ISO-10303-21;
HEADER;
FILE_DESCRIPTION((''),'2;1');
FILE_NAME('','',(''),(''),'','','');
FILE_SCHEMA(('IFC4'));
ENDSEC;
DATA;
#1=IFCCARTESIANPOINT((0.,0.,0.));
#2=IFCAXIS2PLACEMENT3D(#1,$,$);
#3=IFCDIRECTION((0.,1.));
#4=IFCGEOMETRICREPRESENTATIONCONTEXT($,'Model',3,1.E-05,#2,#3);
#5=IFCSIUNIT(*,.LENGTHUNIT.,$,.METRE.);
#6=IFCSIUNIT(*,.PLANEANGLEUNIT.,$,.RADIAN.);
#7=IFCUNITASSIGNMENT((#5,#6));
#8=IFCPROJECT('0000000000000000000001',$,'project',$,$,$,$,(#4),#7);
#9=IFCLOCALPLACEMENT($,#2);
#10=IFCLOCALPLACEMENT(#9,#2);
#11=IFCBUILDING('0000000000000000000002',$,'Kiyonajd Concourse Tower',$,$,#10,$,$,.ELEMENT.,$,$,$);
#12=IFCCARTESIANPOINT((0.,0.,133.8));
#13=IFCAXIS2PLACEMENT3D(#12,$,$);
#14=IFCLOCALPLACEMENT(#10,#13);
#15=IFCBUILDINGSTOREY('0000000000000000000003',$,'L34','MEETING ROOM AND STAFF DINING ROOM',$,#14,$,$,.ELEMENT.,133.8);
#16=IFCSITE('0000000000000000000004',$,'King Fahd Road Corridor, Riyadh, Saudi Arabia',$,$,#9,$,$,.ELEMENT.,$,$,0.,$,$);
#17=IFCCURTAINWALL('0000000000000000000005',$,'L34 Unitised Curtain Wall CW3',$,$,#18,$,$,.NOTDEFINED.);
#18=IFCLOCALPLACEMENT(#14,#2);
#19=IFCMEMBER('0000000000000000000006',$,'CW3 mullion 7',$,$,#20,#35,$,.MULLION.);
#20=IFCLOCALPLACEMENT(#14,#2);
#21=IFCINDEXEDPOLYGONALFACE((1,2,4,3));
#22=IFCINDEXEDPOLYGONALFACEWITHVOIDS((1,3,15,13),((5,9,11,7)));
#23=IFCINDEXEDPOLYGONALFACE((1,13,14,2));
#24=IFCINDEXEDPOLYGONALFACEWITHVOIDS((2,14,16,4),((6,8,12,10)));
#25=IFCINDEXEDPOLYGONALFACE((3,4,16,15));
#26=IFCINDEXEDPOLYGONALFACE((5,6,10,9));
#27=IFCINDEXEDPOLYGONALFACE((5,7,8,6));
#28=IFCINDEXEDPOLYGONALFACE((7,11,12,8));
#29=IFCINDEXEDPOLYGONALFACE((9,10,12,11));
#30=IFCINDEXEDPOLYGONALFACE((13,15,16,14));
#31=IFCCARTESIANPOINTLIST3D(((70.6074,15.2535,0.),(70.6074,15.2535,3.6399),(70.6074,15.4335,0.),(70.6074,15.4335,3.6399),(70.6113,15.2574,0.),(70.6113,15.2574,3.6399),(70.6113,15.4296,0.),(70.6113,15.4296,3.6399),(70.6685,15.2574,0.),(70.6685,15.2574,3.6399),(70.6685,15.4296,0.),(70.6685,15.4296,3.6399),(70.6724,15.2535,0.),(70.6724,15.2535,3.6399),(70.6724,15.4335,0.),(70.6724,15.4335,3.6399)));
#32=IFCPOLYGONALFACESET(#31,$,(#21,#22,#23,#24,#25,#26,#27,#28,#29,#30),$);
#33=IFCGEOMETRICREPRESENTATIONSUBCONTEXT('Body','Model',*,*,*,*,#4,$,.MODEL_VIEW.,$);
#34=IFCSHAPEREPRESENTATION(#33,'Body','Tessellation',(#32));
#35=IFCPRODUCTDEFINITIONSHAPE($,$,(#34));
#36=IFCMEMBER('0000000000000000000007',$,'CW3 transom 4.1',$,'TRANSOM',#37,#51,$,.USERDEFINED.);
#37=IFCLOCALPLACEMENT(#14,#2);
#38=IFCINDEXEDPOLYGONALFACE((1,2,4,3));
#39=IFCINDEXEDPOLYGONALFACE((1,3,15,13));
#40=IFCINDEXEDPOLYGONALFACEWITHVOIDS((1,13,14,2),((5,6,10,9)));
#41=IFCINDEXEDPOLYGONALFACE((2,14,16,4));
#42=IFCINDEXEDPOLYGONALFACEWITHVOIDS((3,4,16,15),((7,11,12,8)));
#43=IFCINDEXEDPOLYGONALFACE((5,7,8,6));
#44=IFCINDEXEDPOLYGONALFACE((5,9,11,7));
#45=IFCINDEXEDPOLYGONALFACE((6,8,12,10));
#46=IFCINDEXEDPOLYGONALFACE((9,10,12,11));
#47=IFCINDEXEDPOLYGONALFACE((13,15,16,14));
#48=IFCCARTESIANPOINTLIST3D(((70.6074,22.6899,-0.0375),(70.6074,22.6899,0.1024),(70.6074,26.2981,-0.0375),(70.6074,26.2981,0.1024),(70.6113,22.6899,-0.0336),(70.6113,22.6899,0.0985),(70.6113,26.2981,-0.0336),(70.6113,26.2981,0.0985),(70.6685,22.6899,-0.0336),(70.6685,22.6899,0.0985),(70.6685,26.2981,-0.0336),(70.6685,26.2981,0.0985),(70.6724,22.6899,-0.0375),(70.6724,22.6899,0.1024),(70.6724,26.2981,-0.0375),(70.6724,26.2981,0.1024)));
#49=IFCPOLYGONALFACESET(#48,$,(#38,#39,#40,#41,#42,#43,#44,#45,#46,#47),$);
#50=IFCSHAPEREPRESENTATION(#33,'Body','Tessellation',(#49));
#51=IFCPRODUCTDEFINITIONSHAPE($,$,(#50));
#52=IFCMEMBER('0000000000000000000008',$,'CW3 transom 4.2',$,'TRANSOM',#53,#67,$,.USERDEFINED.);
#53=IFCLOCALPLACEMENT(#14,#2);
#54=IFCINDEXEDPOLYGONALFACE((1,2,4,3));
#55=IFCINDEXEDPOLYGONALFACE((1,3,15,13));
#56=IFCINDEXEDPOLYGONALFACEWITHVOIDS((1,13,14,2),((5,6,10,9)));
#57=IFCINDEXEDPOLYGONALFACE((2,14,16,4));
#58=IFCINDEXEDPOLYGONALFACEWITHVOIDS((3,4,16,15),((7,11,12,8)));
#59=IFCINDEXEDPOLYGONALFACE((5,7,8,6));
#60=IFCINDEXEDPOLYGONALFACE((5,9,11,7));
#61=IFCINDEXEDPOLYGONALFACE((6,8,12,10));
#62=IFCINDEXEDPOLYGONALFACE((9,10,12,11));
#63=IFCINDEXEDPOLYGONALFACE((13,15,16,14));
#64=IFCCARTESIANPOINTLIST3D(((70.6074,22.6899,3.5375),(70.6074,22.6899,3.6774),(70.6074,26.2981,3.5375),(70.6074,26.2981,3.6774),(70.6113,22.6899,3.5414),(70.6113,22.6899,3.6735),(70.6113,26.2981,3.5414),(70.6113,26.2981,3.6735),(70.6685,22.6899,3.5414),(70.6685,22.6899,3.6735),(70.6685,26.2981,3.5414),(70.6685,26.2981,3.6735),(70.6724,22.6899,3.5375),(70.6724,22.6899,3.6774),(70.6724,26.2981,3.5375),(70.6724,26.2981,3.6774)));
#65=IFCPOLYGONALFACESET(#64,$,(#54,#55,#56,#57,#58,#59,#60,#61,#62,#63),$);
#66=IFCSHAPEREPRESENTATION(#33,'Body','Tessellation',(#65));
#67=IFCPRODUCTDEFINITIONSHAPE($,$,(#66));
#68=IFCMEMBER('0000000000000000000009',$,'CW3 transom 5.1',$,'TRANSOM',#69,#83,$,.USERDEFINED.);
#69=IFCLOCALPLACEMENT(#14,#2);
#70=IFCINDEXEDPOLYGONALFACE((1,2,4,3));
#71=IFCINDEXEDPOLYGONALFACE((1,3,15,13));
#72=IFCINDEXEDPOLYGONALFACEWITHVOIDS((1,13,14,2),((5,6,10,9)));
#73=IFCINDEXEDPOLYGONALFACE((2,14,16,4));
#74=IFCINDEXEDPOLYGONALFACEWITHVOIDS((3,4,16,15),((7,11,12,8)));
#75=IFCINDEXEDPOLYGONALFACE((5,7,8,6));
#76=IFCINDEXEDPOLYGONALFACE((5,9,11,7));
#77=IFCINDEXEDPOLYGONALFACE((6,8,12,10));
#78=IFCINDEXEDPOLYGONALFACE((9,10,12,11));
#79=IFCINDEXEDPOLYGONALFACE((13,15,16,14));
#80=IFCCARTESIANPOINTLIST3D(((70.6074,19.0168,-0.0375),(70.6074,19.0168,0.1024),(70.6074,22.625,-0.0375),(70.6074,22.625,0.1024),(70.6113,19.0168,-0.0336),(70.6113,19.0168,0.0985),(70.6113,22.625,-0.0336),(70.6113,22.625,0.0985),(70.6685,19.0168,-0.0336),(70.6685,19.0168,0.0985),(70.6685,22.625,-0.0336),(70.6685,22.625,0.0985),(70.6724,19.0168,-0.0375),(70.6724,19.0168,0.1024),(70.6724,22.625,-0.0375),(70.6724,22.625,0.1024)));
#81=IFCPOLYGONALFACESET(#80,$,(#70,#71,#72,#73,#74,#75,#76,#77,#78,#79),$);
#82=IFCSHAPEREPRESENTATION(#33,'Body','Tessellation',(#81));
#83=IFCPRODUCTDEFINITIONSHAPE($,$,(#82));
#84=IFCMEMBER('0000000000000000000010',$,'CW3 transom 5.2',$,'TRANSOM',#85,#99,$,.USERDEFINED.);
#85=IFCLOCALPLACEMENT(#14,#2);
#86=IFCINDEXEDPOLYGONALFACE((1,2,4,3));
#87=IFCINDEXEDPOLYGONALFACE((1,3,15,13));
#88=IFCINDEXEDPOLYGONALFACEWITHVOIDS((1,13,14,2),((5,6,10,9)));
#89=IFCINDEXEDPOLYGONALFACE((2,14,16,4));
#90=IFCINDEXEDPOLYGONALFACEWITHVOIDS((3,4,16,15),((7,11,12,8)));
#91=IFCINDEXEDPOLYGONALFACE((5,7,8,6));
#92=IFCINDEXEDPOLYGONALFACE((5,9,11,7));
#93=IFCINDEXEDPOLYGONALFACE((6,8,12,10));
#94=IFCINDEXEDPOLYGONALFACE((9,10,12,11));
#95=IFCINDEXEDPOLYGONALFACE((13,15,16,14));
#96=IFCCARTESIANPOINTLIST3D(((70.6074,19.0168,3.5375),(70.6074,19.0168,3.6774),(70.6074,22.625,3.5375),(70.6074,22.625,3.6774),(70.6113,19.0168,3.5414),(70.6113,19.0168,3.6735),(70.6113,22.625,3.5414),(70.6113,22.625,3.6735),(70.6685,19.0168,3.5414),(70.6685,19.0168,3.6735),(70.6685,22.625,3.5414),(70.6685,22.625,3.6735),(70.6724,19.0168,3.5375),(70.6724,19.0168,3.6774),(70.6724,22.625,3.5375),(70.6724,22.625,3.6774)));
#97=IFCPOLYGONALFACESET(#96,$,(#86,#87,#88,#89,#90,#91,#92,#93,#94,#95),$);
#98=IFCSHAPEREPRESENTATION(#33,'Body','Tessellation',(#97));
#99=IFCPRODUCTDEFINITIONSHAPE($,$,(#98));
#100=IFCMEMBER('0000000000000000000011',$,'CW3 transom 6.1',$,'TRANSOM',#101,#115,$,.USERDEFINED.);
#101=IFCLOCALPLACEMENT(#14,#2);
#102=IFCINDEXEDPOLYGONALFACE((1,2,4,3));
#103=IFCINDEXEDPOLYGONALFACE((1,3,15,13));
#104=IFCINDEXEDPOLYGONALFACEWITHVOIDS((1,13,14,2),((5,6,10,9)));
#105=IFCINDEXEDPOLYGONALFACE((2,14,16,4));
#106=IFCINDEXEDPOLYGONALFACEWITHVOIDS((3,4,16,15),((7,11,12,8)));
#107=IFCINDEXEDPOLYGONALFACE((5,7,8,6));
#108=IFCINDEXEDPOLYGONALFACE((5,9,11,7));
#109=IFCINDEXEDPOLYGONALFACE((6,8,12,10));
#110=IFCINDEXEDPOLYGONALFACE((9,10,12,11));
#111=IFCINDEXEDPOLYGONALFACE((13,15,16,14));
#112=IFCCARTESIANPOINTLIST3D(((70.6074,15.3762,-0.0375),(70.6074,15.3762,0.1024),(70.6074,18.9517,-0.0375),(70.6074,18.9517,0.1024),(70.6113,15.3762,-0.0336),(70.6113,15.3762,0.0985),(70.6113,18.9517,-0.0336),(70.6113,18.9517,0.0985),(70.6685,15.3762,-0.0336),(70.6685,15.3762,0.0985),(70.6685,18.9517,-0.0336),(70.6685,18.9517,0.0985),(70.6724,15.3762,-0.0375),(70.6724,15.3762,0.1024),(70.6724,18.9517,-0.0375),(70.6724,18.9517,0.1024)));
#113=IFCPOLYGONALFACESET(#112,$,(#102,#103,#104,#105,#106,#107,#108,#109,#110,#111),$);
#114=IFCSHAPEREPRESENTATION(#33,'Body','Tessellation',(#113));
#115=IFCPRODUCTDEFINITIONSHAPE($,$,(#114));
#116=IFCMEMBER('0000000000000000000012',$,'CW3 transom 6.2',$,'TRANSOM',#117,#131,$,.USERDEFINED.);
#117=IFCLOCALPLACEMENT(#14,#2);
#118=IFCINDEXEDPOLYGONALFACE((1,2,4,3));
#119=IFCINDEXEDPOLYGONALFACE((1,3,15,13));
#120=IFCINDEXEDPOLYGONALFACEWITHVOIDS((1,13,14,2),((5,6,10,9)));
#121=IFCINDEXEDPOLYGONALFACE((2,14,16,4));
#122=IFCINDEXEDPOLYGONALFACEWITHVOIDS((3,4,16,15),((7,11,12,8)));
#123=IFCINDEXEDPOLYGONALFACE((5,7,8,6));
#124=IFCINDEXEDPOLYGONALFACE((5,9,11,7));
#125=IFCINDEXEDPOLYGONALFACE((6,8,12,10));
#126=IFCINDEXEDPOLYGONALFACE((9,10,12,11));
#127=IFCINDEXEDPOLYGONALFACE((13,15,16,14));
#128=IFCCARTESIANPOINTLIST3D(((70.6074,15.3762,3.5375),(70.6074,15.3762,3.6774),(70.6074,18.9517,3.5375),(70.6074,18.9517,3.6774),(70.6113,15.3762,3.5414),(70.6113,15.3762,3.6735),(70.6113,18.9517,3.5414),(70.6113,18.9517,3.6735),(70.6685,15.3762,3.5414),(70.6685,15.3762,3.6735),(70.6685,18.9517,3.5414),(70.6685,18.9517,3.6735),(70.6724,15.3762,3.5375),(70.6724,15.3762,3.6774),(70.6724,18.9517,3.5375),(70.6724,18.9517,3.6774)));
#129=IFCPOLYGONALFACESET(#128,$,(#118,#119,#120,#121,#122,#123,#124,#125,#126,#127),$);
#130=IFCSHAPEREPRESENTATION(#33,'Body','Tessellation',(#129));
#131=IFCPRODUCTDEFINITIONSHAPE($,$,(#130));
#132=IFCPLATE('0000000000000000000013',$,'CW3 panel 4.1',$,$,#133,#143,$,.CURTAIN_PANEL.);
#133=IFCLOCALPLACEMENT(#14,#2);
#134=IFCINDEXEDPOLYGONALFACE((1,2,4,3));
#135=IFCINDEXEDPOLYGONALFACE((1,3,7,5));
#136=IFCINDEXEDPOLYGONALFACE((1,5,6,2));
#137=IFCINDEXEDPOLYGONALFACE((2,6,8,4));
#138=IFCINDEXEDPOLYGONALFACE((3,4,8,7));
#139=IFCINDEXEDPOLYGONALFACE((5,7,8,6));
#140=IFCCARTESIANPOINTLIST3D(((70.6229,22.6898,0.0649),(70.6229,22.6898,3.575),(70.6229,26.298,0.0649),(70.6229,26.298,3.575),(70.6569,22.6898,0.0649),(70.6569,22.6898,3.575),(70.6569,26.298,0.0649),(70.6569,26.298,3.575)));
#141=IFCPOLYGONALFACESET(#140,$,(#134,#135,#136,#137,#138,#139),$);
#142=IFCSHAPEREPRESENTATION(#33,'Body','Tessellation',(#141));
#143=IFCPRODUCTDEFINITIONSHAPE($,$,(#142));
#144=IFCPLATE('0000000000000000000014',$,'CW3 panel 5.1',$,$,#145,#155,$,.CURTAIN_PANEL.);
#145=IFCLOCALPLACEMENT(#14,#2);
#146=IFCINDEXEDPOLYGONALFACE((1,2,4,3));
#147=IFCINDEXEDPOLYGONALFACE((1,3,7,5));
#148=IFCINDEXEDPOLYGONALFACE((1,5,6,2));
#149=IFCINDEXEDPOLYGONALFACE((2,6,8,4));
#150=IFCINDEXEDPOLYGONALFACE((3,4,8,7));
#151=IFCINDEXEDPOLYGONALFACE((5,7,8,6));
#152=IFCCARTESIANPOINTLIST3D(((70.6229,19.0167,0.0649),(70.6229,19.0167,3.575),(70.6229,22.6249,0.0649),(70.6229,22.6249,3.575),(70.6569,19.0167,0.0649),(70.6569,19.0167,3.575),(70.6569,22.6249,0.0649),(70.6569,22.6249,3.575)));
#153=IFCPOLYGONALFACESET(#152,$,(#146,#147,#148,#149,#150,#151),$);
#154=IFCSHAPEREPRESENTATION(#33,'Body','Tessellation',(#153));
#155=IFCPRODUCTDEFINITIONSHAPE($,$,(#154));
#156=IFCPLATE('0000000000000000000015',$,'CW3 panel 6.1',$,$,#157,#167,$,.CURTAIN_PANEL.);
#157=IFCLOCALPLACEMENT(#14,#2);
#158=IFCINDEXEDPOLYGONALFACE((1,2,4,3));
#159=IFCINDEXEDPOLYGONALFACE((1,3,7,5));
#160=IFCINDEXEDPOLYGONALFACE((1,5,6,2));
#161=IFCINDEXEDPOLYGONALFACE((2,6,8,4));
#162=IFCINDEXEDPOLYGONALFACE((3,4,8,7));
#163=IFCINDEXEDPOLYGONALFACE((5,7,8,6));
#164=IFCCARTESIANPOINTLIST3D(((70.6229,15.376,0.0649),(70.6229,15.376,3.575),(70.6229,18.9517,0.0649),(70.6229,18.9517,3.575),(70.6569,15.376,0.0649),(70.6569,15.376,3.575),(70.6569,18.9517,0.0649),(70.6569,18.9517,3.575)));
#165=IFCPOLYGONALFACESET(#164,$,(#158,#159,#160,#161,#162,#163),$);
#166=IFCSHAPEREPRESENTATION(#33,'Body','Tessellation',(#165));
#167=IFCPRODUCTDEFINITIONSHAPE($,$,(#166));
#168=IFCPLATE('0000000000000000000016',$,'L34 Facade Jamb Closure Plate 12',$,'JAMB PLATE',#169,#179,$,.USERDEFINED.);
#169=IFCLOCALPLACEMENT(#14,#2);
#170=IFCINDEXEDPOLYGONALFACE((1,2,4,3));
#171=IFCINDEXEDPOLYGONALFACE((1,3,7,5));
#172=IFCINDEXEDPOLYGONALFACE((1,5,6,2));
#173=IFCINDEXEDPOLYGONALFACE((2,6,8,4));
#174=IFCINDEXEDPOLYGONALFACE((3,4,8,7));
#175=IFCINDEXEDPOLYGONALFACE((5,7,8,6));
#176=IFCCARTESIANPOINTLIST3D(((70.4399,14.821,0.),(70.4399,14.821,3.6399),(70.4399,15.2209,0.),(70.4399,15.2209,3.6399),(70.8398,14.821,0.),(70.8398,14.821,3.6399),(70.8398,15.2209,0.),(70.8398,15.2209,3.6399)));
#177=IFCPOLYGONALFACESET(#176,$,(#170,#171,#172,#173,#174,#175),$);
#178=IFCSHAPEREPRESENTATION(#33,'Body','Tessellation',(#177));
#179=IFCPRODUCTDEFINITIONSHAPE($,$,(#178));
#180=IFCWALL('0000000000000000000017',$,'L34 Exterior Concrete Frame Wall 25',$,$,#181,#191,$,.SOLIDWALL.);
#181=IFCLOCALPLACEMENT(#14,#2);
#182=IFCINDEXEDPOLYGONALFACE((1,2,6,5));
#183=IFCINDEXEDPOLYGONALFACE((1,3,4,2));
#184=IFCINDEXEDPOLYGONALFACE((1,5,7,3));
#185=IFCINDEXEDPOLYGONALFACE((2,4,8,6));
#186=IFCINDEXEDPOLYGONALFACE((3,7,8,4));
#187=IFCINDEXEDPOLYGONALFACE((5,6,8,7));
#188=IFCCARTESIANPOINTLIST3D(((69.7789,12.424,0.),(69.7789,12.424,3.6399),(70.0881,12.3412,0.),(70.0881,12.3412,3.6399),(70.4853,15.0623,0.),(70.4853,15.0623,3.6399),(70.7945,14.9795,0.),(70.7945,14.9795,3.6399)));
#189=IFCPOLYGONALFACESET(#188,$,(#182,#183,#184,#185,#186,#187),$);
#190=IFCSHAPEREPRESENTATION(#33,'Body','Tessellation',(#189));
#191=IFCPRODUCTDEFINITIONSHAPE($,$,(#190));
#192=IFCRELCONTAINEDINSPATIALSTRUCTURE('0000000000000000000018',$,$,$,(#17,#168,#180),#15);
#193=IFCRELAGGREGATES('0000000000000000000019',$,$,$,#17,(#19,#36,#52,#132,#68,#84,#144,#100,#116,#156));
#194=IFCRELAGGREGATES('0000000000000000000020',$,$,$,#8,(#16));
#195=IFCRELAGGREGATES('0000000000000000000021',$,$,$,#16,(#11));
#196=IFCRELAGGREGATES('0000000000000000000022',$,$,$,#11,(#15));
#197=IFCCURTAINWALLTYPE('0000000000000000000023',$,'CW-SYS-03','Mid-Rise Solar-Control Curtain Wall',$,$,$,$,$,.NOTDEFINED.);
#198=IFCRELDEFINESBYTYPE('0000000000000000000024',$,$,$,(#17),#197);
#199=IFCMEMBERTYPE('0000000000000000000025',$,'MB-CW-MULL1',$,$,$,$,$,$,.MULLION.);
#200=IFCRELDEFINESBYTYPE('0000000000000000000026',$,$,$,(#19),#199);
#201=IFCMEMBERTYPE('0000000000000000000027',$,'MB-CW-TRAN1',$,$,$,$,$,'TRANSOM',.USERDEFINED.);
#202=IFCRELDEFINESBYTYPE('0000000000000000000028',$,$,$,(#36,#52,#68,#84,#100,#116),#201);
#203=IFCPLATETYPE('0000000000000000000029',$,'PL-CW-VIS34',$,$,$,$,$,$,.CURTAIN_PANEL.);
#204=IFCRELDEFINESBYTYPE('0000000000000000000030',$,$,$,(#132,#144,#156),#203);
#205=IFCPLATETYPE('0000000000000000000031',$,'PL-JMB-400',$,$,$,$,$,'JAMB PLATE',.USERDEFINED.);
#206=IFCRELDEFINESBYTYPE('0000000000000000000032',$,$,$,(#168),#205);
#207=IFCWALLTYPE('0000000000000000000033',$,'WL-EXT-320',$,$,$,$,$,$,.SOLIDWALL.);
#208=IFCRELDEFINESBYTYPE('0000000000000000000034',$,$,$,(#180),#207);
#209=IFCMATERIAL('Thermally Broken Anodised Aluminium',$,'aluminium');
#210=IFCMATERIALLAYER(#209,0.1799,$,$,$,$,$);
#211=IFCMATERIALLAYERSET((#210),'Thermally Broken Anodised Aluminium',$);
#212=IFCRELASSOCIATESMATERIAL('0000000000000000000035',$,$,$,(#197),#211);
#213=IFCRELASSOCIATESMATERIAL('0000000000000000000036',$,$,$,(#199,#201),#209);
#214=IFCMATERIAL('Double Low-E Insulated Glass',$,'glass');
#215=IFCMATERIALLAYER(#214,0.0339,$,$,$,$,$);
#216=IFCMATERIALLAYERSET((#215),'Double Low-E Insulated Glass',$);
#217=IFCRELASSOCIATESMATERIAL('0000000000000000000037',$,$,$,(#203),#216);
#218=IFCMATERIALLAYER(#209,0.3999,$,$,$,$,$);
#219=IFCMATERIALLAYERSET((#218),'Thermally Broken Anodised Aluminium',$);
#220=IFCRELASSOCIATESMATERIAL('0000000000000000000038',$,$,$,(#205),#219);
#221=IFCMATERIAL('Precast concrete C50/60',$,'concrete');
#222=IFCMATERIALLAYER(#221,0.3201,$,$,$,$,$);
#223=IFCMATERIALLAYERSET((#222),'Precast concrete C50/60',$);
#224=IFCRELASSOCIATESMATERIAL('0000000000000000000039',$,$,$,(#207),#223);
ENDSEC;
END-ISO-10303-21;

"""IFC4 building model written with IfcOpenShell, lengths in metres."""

from ifc_helpers import new_model, si_unit, direction, frame, frame_2d, origin, origin_2d, place, context, subcontext, project, spatial, rectangle, hollow_rectangle, extrude, material, layer, layer_set, material_profile, profile_set, type_object, element, aggregate, save


model = new_model("IFC4")

# Units and contexts
model_context = context("Model", 3, precision=1e-05, world=origin(), true_north=direction((0.0, 1.0)))
body_context = subcontext(model_context, "Body", "Model", "MODEL_VIEW")
ifc_project = project(units=[si_unit("LENGTHUNIT", "METRE"), si_unit("PLANEANGLEUNIT", "RADIAN")], contexts=[model_context])

# Site, building, storey
site_placement = place(None, origin())
site = spatial("IfcSite", under=ifc_project, at=site_placement, Name="King Fahd Road Corridor, Riyadh, Saudi Arabia", CompositionType="ELEMENT", RefElevation=0.0)
building_placement = place(site_placement, origin())
building = spatial("IfcBuilding", under=site, at=building_placement, Name="Kiyonajd Concourse Tower", CompositionType="ELEMENT")
storey_placement = place(building_placement, frame((0.0, 0.0, 133.8)))
storey = spatial("IfcBuildingStorey", under=building, at=storey_placement, Name="L34", Description="MEETING ROOM AND STAFF DINING ROOM", CompositionType="ELEMENT", Elevation=133.8)

# Shared definitions
ifc_material_1 = material(Name="Precast concrete C50/60", Category="concrete")

# Curtain wall, members, plates
ifc_material_2 = material(Name="Thermally Broken Anodised Aluminium", Category="aluminium")
ifc_layer_1 = layer(ifc_material_2, 0.1799)
ifc_layer_set_1 = layer_set([ifc_layer_1], Name="Thermally Broken Anodised Aluminium")
curtain_wall_type = type_object("IfcCurtainWallType", Name="CW-SYS-03", Description="Mid-Rise Solar-Control Curtain Wall", PredefinedType="NOTDEFINED", material=ifc_layer_set_1)
curtain_wall_placement = place(storey_placement, origin())
curtain_wall = element("IfcCurtainWall", 1, at=curtain_wall_placement, inside=storey, type_object=curtain_wall_type, Name="L34 Unitised Curtain Wall CW3", PredefinedType="NOTDEFINED")
ifc_material_profile_1 = material_profile(ifc_material_2, hollow_rectangle(XDim=0.0649, YDim=0.1799, WallThickness=0.0039, at=origin_2d()), Name="MULL-65x180")
ifc_profile_set_1 = profile_set([ifc_material_profile_1], Name="Thermally Broken Anodised Aluminium")
member_type_1 = type_object("IfcMemberType", Name="MB-CW-MULL1", PredefinedType="MULLION", material=ifc_profile_set_1)
member_1_placement = place(storey_placement, frame((70.6399, 15.3435, 0.0), z_axis=(0.0, 0.0, 1.0), x_axis=(1.0, 0.0, 0.0)))
member_1 = element("IfcMember", 2, at=member_1_placement, type_object=member_type_1, Name="CW3 mullion 7", PredefinedType="MULLION", context=body_context, shape_type="SweptSolid", body=[
    extrude(hollow_rectangle(XDim=0.0649, YDim=0.1799, WallThickness=0.0039, at=origin_2d()), origin(), (0.0, 0.0, 1.0), 3.6399),
])
ifc_material_profile_2 = material_profile(ifc_material_2, hollow_rectangle(XDim=0.0649, YDim=0.1399, WallThickness=0.0039, at=origin_2d()), Name="TRAN-65x140")
ifc_profile_set_2 = profile_set([ifc_material_profile_2], Name="Thermally Broken Anodised Aluminium")
member_type_2 = type_object("IfcMemberType", Name="MB-CW-TRAN1", ElementType="TRANSOM", PredefinedType="USERDEFINED", material=ifc_profile_set_2)
member_2_placement = place(storey_placement, frame((70.6399, 26.2981, 0.0325), z_axis=(0.0, -1.0, 0.0), x_axis=(1.0, 0.0, 0.0)))
member_2 = element("IfcMember", 3, at=member_2_placement, type_object=member_type_2, Name="CW3 transom 4.1", ObjectType="TRANSOM", PredefinedType="USERDEFINED", context=body_context, shape_type="SweptSolid", body=[
    extrude(hollow_rectangle(XDim=0.0649, YDim=0.1399, WallThickness=0.0039, at=origin_2d()), origin(), (0.0, 0.0, 1.0), 3.6082),
])
member_3_placement = place(storey_placement, frame((70.6399, 26.2981, 3.6074), z_axis=(0.0, -1.0, 0.0), x_axis=(1.0, 0.0, 0.0)))
member_3 = element("IfcMember", 4, at=member_3_placement, type_object=member_type_2, Name="CW3 transom 4.2", ObjectType="TRANSOM", PredefinedType="USERDEFINED", context=body_context, shape_type="SweptSolid", body=[
    extrude(hollow_rectangle(XDim=0.0649, YDim=0.1399, WallThickness=0.0039, at=origin_2d()), origin(), (0.0, 0.0, 1.0), 3.6082),
])
member_4_placement = place(storey_placement, frame((70.6399, 22.625, 0.0325), z_axis=(0.0, -1.0, 0.0), x_axis=(1.0, 0.0, 0.0)))
member_4 = element("IfcMember", 5, at=member_4_placement, type_object=member_type_2, Name="CW3 transom 5.1", ObjectType="TRANSOM", PredefinedType="USERDEFINED", context=body_context, shape_type="SweptSolid", body=[
    extrude(hollow_rectangle(XDim=0.0649, YDim=0.1399, WallThickness=0.0039, at=origin_2d()), origin(), (0.0, 0.0, 1.0), 3.6082),
])
member_5_placement = place(storey_placement, frame((70.6399, 22.625, 3.6074), z_axis=(0.0, -1.0, 0.0), x_axis=(1.0, 0.0, 0.0)))
member_5 = element("IfcMember", 6, at=member_5_placement, type_object=member_type_2, Name="CW3 transom 5.2", ObjectType="TRANSOM", PredefinedType="USERDEFINED", context=body_context, shape_type="SweptSolid", body=[
    extrude(hollow_rectangle(XDim=0.0649, YDim=0.1399, WallThickness=0.0039, at=origin_2d()), origin(), (0.0, 0.0, 1.0), 3.6082),
])
member_6_placement = place(storey_placement, frame((70.6399, 18.9517, 0.0325), z_axis=(0.0, -1.0, 0.0), x_axis=(1.0, 0.0, 0.0)))
member_6 = element("IfcMember", 7, at=member_6_placement, type_object=member_type_2, Name="CW3 transom 6.1", ObjectType="TRANSOM", PredefinedType="USERDEFINED", context=body_context, shape_type="SweptSolid", body=[
    extrude(hollow_rectangle(XDim=0.0649, YDim=0.1399, WallThickness=0.0039, at=origin_2d()), origin(), (0.0, 0.0, 1.0), 3.5754),
])
member_7_placement = place(storey_placement, frame((70.6399, 18.9517, 3.6074), z_axis=(0.0, -1.0, 0.0), x_axis=(1.0, 0.0, 0.0)))
member_7 = element("IfcMember", 8, at=member_7_placement, type_object=member_type_2, Name="CW3 transom 6.2", ObjectType="TRANSOM", PredefinedType="USERDEFINED", context=body_context, shape_type="SweptSolid", body=[
    extrude(hollow_rectangle(XDim=0.0649, YDim=0.1399, WallThickness=0.0039, at=origin_2d()), origin(), (0.0, 0.0, 1.0), 3.5754),
])
ifc_material_3 = material(Name="Double Low-E Insulated Glass", Category="glass")
ifc_layer_2 = layer(ifc_material_3, 0.0339)
ifc_layer_set_2 = layer_set([ifc_layer_2], Name="Double Low-E Insulated Glass")
plate_type_1 = type_object("IfcPlateType", Name="PL-CW-VIS34", PredefinedType="CURTAIN_PANEL", material=ifc_layer_set_2)
plate_1_placement = place(storey_placement, frame((70.6399, 24.4939, 0.0649), z_axis=(0.0, 0.0, 1.0), x_axis=(0.0, -1.0, 0.0)))
plate_1 = element("IfcPlate", 9, at=plate_1_placement, type_object=plate_type_1, Name="CW3 panel 4.1", PredefinedType="CURTAIN_PANEL", context=body_context, shape_type="SweptSolid", body=[
    extrude(rectangle(XDim=3.6082, YDim=0.0339, at=origin_2d()), origin(), (0.0, 0.0, 1.0), 3.51),
])
plate_2_placement = place(storey_placement, frame((70.6399, 20.8208, 0.0649), z_axis=(0.0, 0.0, 1.0), x_axis=(0.0, -1.0, 0.0)))
plate_2 = element("IfcPlate", 10, at=plate_2_placement, type_object=plate_type_1, Name="CW3 panel 5.1", PredefinedType="CURTAIN_PANEL", context=body_context, shape_type="SweptSolid", body=[
    extrude(rectangle(XDim=3.6082, YDim=0.0339, at=origin_2d()), origin(), (0.0, 0.0, 1.0), 3.51),
])
plate_3_placement = place(storey_placement, frame((70.6399, 17.1638, 0.0649), z_axis=(0.0, 0.0, 1.0), x_axis=(0.0, -1.0, 0.0)))
plate_3 = element("IfcPlate", 11, at=plate_3_placement, type_object=plate_type_1, Name="CW3 panel 6.1", PredefinedType="CURTAIN_PANEL", context=body_context, shape_type="SweptSolid", body=[
    extrude(rectangle(XDim=3.5757, YDim=0.0339, at=origin_2d()), origin(), (0.0, 0.0, 1.0), 3.51),
])
aggregate(curtain_wall, [member_1, member_2, member_3, plate_1, member_4, member_5, plate_2, member_6, member_7, plate_3])

# Plate
ifc_layer_3 = layer(ifc_material_2, 0.3999)
ifc_layer_set_3 = layer_set([ifc_layer_3], Name="Thermally Broken Anodised Aluminium")
plate_type_2 = type_object("IfcPlateType", Name="PL-JMB-400", ElementType="JAMB PLATE", PredefinedType="USERDEFINED", material=ifc_layer_set_3)
plate_4_placement = place(storey_placement, frame((70.6399, 15.021, 0.0), z_axis=(0.0, 0.0, 1.0), x_axis=(1.0, 0.0, 0.0)))
element("IfcPlate", 12, at=plate_4_placement, inside=storey, type_object=plate_type_2, Name="L34 Facade Jamb Closure Plate 12", ObjectType="JAMB PLATE", PredefinedType="USERDEFINED", context=body_context, shape_type="SweptSolid", body=[
    extrude(rectangle(XDim=0.3999, YDim=0.3999, at=origin_2d()), origin(), (0.0, 0.0, 1.0), 3.6399),
])

# Wall
ifc_layer_4 = layer(ifc_material_1, 0.3201)
ifc_layer_set_4 = layer_set([ifc_layer_4], Name="Precast concrete C50/60")
wall_type = type_object("IfcWallType", Name="WL-EXT-320", PredefinedType="SOLIDWALL", material=ifc_layer_set_4)
wall_1_placement = place(storey_placement, frame((70.6399, 15.021, 0.0), z_axis=(0.0, 0.0, 1.0), x_axis=(-0.258614, -0.965981, 0.0)))
element("IfcWall", 13, at=wall_1_placement, inside=storey, type_object=wall_type, Name="L34 Exterior Concrete Frame Wall 25", PredefinedType="SOLIDWALL", context=body_context, shape_type="SweptSolid", body=[
    extrude(rectangle(XDim=2.7312, YDim=0.3201, at=frame_2d((1.3657, 0.0))), origin(), (0.0, 0.0, 1.0), 3.6399),
])

save(model, "model.ifc")
